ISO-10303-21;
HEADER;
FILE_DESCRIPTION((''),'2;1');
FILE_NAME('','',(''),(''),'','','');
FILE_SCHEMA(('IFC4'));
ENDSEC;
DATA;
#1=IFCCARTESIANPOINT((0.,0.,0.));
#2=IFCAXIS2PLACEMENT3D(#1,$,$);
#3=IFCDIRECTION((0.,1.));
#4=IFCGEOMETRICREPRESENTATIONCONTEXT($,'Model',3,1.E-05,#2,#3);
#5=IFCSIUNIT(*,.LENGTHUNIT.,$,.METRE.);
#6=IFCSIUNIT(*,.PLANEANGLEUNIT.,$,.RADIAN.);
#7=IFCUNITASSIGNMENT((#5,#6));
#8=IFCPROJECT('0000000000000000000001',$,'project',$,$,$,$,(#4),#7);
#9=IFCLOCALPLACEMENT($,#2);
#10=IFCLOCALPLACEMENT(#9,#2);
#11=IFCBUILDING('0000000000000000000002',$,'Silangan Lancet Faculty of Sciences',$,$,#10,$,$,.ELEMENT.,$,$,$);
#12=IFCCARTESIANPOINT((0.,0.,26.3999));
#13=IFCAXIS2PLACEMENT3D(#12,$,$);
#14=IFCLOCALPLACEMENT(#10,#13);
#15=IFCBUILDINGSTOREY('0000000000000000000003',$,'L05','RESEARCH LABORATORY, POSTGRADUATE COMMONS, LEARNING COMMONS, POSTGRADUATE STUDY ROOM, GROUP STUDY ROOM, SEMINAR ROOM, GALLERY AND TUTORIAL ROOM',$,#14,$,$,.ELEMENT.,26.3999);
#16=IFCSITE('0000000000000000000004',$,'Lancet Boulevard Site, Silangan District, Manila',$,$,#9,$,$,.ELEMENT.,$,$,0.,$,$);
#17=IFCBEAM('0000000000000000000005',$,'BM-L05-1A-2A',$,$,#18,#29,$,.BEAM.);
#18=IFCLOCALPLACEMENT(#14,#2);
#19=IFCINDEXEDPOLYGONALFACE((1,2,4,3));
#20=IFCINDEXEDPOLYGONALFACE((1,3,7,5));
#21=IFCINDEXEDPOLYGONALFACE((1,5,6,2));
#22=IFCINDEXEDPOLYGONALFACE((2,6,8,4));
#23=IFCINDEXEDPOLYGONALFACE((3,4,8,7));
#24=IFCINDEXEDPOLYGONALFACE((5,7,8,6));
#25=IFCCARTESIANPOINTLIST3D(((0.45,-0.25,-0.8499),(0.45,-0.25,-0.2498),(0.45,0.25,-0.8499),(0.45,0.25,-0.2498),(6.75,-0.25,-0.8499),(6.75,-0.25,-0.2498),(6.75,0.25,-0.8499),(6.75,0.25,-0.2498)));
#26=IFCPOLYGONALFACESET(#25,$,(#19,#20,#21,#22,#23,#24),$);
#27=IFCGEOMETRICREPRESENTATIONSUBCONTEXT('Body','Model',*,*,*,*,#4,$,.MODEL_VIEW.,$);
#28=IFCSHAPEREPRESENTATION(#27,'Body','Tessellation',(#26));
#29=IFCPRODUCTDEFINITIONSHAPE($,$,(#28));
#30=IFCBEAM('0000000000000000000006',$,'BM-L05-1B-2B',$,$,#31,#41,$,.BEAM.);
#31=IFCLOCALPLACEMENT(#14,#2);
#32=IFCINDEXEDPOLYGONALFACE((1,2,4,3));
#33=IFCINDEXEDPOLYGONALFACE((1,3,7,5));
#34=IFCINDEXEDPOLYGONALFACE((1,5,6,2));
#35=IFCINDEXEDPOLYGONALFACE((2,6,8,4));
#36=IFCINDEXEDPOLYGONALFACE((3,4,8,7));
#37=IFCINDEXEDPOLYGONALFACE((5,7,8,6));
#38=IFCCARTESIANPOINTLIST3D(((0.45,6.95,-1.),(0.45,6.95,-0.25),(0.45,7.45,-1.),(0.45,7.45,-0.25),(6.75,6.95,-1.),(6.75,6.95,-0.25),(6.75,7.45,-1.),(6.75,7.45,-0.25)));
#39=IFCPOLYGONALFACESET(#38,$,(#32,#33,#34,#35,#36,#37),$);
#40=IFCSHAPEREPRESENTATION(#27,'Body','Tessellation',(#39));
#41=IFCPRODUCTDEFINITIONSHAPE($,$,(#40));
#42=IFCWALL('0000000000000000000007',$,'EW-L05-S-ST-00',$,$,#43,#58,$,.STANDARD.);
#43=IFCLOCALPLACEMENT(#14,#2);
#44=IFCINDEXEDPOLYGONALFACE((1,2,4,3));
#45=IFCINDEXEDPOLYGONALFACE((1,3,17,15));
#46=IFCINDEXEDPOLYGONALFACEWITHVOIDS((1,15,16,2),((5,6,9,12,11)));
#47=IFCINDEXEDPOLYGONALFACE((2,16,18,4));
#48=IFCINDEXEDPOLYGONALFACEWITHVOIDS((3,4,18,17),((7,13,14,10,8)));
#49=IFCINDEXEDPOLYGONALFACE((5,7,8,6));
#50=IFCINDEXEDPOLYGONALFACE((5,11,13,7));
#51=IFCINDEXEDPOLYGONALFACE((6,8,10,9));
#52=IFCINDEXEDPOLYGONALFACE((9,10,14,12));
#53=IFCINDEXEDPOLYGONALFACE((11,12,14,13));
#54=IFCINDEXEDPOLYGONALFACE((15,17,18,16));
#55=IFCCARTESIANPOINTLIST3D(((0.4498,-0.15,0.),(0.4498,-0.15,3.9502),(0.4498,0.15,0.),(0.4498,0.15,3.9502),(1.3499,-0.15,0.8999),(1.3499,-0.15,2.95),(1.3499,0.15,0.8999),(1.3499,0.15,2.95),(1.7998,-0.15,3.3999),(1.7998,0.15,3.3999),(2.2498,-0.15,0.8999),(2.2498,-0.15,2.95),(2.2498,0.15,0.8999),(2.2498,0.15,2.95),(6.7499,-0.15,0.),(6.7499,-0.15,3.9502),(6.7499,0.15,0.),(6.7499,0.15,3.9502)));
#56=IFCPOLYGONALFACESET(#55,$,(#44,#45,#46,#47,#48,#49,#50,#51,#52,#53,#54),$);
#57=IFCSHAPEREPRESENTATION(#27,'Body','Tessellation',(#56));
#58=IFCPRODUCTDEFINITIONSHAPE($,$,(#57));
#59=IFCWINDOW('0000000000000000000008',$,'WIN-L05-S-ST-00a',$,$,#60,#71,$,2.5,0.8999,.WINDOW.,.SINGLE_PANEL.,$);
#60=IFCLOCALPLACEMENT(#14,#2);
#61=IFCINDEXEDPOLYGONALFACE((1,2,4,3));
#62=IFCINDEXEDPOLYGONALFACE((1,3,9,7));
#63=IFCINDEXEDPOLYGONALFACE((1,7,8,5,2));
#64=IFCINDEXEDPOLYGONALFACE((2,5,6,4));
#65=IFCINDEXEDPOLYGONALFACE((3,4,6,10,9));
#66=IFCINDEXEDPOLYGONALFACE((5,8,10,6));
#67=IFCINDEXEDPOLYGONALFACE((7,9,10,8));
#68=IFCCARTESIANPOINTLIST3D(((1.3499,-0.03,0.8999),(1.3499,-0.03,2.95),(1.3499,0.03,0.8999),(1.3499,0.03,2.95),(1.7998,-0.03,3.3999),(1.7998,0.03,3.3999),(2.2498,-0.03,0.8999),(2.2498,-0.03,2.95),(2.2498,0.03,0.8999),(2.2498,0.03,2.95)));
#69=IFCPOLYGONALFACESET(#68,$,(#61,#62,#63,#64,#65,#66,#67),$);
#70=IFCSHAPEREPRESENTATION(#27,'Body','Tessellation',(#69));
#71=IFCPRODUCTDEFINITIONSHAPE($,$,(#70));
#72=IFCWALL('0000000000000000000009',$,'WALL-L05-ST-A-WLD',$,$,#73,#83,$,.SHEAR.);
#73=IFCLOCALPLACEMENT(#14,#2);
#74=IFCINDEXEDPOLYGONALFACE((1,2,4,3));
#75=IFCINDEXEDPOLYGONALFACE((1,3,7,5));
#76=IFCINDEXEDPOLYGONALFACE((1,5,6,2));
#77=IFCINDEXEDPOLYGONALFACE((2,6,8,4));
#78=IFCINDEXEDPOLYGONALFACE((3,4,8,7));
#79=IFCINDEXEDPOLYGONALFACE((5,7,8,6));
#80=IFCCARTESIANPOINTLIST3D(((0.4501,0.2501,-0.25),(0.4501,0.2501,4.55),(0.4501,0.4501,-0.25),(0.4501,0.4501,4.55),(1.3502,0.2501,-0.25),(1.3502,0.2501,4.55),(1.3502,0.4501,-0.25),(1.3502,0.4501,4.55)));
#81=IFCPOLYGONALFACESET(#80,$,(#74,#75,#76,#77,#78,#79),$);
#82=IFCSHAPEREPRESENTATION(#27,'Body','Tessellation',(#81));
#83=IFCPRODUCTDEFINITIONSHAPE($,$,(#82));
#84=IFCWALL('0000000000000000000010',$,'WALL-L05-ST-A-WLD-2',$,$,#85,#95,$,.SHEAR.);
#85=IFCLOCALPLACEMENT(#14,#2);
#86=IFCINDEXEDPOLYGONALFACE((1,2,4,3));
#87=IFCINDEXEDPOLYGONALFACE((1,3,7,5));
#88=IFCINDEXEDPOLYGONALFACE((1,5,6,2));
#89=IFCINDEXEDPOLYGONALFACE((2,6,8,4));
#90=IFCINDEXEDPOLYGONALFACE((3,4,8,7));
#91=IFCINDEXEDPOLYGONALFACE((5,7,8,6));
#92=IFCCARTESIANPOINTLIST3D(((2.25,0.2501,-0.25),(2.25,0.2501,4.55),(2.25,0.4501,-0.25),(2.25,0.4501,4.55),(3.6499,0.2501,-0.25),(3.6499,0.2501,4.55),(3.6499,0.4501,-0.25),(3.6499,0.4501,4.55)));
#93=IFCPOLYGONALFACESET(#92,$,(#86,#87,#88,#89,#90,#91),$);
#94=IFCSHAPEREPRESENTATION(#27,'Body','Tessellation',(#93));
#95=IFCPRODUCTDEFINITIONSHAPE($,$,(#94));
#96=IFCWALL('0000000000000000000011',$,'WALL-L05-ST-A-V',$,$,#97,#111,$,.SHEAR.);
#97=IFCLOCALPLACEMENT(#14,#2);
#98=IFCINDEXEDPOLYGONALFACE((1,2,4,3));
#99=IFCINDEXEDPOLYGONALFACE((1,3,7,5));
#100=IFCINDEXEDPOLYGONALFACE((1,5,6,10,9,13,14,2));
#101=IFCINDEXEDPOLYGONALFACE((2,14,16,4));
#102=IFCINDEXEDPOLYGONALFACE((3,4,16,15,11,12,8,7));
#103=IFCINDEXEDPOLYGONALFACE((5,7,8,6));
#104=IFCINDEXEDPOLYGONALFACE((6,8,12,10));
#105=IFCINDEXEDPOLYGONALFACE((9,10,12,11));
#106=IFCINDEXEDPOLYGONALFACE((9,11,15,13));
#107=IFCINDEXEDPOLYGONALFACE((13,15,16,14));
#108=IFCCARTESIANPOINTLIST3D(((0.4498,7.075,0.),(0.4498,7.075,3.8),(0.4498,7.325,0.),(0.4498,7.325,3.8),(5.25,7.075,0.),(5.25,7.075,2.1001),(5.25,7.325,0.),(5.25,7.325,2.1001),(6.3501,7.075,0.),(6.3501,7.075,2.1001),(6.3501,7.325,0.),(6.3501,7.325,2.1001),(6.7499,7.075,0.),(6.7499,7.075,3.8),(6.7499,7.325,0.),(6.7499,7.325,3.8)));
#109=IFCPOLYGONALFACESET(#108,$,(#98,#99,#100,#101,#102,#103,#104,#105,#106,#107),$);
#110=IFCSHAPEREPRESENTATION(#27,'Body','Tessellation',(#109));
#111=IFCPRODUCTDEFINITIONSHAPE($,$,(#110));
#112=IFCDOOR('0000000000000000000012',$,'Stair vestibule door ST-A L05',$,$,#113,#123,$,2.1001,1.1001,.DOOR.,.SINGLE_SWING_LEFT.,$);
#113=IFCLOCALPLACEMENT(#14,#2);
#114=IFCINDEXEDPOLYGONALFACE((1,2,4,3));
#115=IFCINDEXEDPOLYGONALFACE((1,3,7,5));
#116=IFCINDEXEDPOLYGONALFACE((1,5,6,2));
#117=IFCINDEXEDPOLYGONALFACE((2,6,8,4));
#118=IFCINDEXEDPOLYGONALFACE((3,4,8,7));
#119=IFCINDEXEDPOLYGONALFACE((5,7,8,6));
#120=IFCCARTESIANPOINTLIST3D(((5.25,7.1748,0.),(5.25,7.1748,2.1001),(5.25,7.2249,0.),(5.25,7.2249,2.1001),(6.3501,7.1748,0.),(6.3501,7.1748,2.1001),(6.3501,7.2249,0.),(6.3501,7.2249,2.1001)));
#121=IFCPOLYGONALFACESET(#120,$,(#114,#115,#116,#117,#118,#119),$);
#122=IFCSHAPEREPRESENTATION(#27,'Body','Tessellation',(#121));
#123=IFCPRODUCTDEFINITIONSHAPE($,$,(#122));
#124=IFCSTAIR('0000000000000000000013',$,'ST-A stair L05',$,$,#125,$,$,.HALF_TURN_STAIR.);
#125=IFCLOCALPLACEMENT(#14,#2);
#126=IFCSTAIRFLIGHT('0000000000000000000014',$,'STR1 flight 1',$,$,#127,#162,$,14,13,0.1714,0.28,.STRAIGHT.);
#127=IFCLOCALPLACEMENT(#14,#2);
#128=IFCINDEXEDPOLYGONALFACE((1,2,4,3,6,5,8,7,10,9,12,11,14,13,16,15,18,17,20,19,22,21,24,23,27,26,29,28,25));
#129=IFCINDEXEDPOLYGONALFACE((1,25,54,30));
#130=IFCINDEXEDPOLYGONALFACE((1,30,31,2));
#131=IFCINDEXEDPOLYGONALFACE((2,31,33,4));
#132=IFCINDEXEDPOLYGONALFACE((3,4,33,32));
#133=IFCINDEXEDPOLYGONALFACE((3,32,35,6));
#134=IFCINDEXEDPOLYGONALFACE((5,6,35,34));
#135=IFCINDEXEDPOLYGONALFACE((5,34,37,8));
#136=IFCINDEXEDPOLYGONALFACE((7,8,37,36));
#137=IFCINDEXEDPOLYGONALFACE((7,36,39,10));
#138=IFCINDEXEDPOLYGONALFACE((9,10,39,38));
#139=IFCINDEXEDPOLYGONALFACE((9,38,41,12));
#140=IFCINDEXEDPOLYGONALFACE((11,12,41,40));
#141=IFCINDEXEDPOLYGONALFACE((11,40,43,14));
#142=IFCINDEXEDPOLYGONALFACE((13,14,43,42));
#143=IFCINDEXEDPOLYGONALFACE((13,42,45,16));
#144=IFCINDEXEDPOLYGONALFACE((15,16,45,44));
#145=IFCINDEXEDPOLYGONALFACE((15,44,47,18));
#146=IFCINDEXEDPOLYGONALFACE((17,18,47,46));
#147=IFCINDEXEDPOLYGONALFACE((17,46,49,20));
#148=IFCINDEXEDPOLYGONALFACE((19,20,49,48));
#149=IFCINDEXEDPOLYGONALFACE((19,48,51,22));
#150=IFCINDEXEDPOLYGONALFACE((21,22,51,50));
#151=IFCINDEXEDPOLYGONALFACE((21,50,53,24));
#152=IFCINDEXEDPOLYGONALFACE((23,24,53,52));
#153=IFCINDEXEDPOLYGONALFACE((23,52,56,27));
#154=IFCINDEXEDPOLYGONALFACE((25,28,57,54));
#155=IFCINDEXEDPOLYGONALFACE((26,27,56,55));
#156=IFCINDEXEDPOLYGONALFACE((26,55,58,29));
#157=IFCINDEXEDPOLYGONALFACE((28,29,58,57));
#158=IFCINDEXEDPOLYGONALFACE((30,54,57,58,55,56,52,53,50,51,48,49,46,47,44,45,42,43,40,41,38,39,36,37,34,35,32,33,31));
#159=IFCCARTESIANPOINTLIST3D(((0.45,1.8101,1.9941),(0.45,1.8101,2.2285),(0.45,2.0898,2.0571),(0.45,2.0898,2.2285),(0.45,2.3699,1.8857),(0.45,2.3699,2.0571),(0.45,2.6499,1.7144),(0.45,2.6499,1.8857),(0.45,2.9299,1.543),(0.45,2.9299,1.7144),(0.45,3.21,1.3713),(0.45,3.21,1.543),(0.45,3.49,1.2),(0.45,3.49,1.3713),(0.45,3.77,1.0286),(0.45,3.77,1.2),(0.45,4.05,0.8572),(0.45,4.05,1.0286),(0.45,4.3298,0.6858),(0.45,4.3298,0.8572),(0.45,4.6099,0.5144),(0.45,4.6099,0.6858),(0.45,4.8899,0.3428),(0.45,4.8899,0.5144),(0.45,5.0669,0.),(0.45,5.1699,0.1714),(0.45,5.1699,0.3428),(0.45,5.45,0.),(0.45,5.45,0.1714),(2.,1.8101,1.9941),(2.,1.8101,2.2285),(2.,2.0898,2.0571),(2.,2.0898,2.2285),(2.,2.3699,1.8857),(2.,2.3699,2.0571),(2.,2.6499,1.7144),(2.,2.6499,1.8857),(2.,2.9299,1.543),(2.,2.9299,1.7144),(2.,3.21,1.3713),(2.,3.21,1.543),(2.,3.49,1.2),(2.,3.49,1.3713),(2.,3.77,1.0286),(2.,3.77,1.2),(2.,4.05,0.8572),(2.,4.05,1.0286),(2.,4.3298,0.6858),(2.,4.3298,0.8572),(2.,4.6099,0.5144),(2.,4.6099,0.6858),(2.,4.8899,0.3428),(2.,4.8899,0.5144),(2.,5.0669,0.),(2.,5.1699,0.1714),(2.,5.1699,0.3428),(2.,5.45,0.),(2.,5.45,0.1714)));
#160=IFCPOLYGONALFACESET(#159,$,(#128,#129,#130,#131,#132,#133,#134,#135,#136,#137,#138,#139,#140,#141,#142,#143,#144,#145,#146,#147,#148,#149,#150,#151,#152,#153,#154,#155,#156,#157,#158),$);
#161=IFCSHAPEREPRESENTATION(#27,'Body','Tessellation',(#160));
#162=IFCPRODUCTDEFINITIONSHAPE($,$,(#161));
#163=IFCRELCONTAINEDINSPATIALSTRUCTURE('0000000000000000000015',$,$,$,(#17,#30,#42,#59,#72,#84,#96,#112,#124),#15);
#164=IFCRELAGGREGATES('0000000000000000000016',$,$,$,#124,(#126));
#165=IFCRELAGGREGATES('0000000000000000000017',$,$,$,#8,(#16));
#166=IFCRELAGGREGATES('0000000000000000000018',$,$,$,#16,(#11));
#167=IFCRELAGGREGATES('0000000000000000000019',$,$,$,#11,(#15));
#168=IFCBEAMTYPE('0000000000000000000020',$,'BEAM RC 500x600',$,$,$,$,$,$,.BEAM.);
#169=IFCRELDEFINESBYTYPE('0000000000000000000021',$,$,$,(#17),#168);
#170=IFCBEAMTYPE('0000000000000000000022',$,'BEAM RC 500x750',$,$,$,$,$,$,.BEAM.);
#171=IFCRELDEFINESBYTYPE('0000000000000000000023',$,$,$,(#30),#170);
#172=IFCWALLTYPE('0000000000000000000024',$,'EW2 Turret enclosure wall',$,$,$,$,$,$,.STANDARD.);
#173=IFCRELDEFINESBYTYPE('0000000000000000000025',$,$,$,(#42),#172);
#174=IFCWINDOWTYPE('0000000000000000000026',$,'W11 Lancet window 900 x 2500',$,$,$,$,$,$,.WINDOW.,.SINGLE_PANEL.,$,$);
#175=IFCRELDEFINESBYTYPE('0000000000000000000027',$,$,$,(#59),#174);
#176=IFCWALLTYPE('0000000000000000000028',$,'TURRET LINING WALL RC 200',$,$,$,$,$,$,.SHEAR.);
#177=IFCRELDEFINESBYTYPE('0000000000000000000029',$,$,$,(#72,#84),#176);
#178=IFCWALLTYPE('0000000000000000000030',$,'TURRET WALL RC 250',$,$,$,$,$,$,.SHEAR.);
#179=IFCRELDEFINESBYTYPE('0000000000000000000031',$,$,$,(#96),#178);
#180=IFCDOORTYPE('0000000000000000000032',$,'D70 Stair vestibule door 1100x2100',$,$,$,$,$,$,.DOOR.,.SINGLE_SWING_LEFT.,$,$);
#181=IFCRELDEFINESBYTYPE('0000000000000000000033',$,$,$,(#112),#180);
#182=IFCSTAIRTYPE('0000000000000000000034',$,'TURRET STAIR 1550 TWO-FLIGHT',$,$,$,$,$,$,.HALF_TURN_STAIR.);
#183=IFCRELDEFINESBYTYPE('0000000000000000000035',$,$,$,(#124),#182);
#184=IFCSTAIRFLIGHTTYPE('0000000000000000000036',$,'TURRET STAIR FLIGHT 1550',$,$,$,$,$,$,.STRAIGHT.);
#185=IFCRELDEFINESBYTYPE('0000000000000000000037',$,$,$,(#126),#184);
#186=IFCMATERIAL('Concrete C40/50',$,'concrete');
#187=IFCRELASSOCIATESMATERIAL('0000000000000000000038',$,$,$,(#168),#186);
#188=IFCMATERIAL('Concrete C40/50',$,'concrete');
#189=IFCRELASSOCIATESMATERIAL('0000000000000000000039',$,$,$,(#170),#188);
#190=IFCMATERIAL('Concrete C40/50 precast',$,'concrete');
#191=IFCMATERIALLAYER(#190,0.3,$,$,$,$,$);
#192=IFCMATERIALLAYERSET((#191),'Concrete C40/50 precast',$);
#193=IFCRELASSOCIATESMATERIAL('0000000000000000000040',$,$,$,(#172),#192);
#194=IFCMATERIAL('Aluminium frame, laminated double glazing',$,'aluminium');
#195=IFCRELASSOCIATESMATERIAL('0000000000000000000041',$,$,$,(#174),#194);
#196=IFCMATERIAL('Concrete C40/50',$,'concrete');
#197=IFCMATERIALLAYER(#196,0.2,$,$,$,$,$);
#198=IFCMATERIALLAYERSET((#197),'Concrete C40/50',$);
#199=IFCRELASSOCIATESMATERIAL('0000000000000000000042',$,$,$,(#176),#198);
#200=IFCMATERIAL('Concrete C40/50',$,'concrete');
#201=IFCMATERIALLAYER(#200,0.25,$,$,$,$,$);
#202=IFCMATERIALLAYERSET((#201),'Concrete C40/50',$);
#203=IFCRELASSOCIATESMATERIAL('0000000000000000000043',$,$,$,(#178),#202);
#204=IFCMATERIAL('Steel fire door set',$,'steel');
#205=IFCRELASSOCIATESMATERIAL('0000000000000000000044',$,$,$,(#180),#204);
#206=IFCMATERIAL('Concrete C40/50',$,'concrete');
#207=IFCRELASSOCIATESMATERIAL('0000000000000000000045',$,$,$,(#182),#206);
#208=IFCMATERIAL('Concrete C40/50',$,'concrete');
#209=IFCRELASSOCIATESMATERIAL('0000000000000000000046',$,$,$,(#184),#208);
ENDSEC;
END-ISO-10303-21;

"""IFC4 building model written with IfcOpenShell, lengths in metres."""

from ifc_helpers import new_model, si_unit, direction, frame, frame_2d, origin, origin_2d, place, context, subcontext, project, spatial, polyline, rectangle, outline, extrude, material, layer, layer_set, material_profile, profile_set, type_object, element, fill, aggregate, save


model = new_model("IFC4")

# Units and contexts
model_context = context("Model", 3, precision=1e-05, world=origin(), true_north=direction((0.0, 1.0)))
body_context = subcontext(model_context, "Body", "Model", "MODEL_VIEW")
ifc_project = project(units=[si_unit("LENGTHUNIT", "METRE"), si_unit("PLANEANGLEUNIT", "RADIAN")], contexts=[model_context])

# Site, building, storey
site_placement = place(None, origin())
site = spatial("IfcSite", under=ifc_project, at=site_placement, Name="Lancet Boulevard Site, Silangan District, Manila", CompositionType="ELEMENT", RefElevation=0.0)
building_placement = place(site_placement, origin())
building = spatial("IfcBuilding", under=site, at=building_placement, Name="Silangan Lancet Faculty of Sciences", CompositionType="ELEMENT")
storey_placement = place(building_placement, frame((0.0, 0.0, 26.3999)))
storey = spatial("IfcBuildingStorey", under=building, at=storey_placement, Name="L05", Description="RESEARCH LABORATORY, POSTGRADUATE COMMONS, LEARNING COMMONS, POSTGRADUATE STUDY ROOM, GROUP STUDY ROOM, SEMINAR ROOM, GALLERY AND TUTORIAL ROOM", CompositionType="ELEMENT", Elevation=26.3999)

# Beams
ifc_material_1 = material(Name="Concrete C40/50", Category="concrete")
ifc_material_profile_1 = material_profile(ifc_material_1, rectangle(XDim=0.5, YDim=0.6001, at=origin_2d()), Name="RC 500x600")
ifc_profile_set_1 = profile_set([ifc_material_profile_1], Name="Concrete C40/50")
beam_type_1 = type_object("IfcBeamType", Name="BEAM RC 500x600", PredefinedType="BEAM", material=ifc_profile_set_1)
beam_1_placement = place(storey_placement, frame((0.45, 0.0, -0.5498), z_axis=(1.0, 0.0, 0.0), x_axis=(0.0, 1.0, 0.0)))
element("IfcBeam", 1, at=beam_1_placement, inside=storey, type_object=beam_type_1, Name="BM-L05-1A-2A", PredefinedType="BEAM", context=body_context, shape_type="SweptSolid", body=[
    extrude(rectangle(XDim=0.5, YDim=0.6001, at=origin_2d()), origin(), (0.0, 0.0, 1.0), 6.3),
])
ifc_material_2 = material(Name="Concrete C40/50", Category="concrete")
ifc_material_profile_2 = material_profile(ifc_material_2, rectangle(XDim=0.5, YDim=0.75, at=origin_2d()), Name="RC 500x750")
ifc_profile_set_2 = profile_set([ifc_material_profile_2], Name="Concrete C40/50")
beam_type_2 = type_object("IfcBeamType", Name="BEAM RC 500x750", PredefinedType="BEAM", material=ifc_profile_set_2)
beam_2_placement = place(storey_placement, frame((0.45, 7.2, -0.625), z_axis=(1.0, 0.0, 0.0), x_axis=(0.0, 1.0, 0.0)))
element("IfcBeam", 2, at=beam_2_placement, inside=storey, type_object=beam_type_2, Name="BM-L05-1B-2B", PredefinedType="BEAM", context=body_context, shape_type="SweptSolid", body=[
    extrude(rectangle(XDim=0.5, YDim=0.75, at=origin_2d()), origin(), (0.0, 0.0, 1.0), 6.3),
])

# Wall, opening, window
ifc_material_3 = material(Name="Concrete C40/50 precast", Category="concrete")
ifc_layer_1 = layer(ifc_material_3, 0.3)
ifc_layer_set_1 = layer_set([ifc_layer_1], Name="Concrete C40/50 precast")
wall_type_1 = type_object("IfcWallType", Name="EW2 Turret enclosure wall", PredefinedType="STANDARD", material=ifc_layer_set_1)
wall_1_placement = place(storey_placement, frame((0.45, 0.0, 0.0), z_axis=(0.0, 0.0, 1.0), x_axis=(1.0, 0.0, 0.0)))
wall_1 = element("IfcWall", 3, at=wall_1_placement, inside=storey, type_object=wall_type_1, Name="EW-L05-S-ST-00", PredefinedType="STANDARD", context=body_context, shape_type="SweptSolid", body=[
    extrude(rectangle(XDim=6.3, YDim=0.3, at=frame_2d((3.1499, 0.0))), origin(), (0.0, 0.0, 1.0), 3.9502),
])
opening_1_placement = place(wall_1_placement, frame((0.8999, 0.0, 0.8999)))
opening_1 = element("IfcOpeningElement", 4, at=opening_1_placement, cuts=wall_1, PredefinedType="OPENING", context=body_context, shape_type="SweptSolid", body=[
    extrude(outline(polyline([(0.0, 0.0), (0.8999, 0.0), (0.8999, 2.05), (0.45, 2.5), (0.0, 2.05), (0.0, 0.0)])), frame((0.0, 0.1599, 0.0), z_axis=(0.0, -1.0, 0.0), x_axis=(1.0, 0.0, 0.0)), (0.0, 0.0, 1.0), 0.3201),
])
ifc_material_4 = material(Name="Aluminium frame, laminated double glazing", Category="aluminium")
window_type = type_object("IfcWindowType", Name="W11 Lancet window 900 x 2500", PartitioningType="SINGLE_PANEL", PredefinedType="WINDOW", material=ifc_material_4)
window_placement = place(opening_1_placement, origin())
window = element("IfcWindow", 5, at=window_placement, inside=storey, type_object=window_type, Name="WIN-L05-S-ST-00a", OverallHeight=2.5, OverallWidth=0.8999, PartitioningType="SINGLE_PANEL", PredefinedType="WINDOW", context=body_context, shape_type="SweptSolid", body=[
    extrude(outline(polyline([(0.0, 0.0), (0.8999, 0.0), (0.8999, 2.05), (0.45, 2.5), (0.0, 2.05), (0.0, 0.0)])), frame((0.0, 0.03, 0.0), z_axis=(0.0, -1.0, 0.0), x_axis=(1.0, 0.0, 0.0)), (0.0, 0.0, 1.0), 0.0601),
])
fill(opening_1, window)

# Walls
ifc_material_5 = material(Name="Concrete C40/50", Category="concrete")
ifc_layer_2 = layer(ifc_material_5, 0.2)
ifc_layer_set_2 = layer_set([ifc_layer_2], Name="Concrete C40/50")
wall_type_2 = type_object("IfcWallType", Name="TURRET LINING WALL RC 200", PredefinedType="SHEAR", material=ifc_layer_set_2)
wall_2_placement = place(storey_placement, frame((0.45, 0.3501, -0.25), z_axis=(0.0, 0.0, 1.0), x_axis=(1.0, 0.0, 0.0)))
element("IfcWall", 6, at=wall_2_placement, inside=storey, type_object=wall_type_2, Name="WALL-L05-ST-A-WLD", PredefinedType="SHEAR", context=body_context, shape_type="SweptSolid", body=[
    extrude(rectangle(XDim=0.9001, YDim=0.2, at=frame_2d((0.4502, 0.0))), origin(), (0.0, 0.0, 1.0), 4.8),
])
wall_3_placement = place(storey_placement, frame((2.25, 0.3501, -0.25), z_axis=(0.0, 0.0, 1.0), x_axis=(1.0, 0.0, 0.0)))
element("IfcWall", 7, at=wall_3_placement, inside=storey, type_object=wall_type_2, Name="WALL-L05-ST-A-WLD-2", PredefinedType="SHEAR", context=body_context, shape_type="SweptSolid", body=[
    extrude(rectangle(XDim=1.3999, YDim=0.2, at=frame_2d((0.7, 0.0))), origin(), (0.0, 0.0, 1.0), 4.8),
])

# Wall, opening, door
ifc_material_6 = material(Name="Concrete C40/50", Category="concrete")
ifc_layer_3 = layer(ifc_material_6, 0.25)
ifc_layer_set_3 = layer_set([ifc_layer_3], Name="Concrete C40/50")
wall_type_3 = type_object("IfcWallType", Name="TURRET WALL RC 250", PredefinedType="SHEAR", material=ifc_layer_set_3)
wall_4_placement = place(storey_placement, frame((0.45, 7.2, 0.0), z_axis=(0.0, 0.0, 1.0), x_axis=(1.0, 0.0, 0.0)))
wall_4 = element("IfcWall", 8, at=wall_4_placement, inside=storey, type_object=wall_type_3, Name="WALL-L05-ST-A-V", PredefinedType="SHEAR", context=body_context, shape_type="SweptSolid", body=[
    extrude(rectangle(XDim=6.3, YDim=0.25, at=frame_2d((3.1499, 0.0))), origin(), (0.0, 0.0, 1.0), 3.8),
])
opening_2_placement = place(wall_4_placement, frame((4.8, 0.0, 0.0)))
opening_2 = element("IfcOpeningElement", 9, at=opening_2_placement, cuts=wall_4, PredefinedType="OPENING", context=body_context, shape_type="SweptSolid", body=[
    extrude(rectangle(XDim=1.1001, YDim=2.1001, at=frame_2d((0.55, 1.05))), frame((0.0, 0.135, 0.0), z_axis=(0.0, -1.0, 0.0), x_axis=(1.0, 0.0, 0.0)), (0.0, 0.0, 1.0), 0.27),
])
ifc_material_7 = material(Name="Steel fire door set", Category="steel")
door_type = type_object("IfcDoorType", Name="D70 Stair vestibule door 1100x2100", OperationType="SINGLE_SWING_LEFT", PredefinedType="DOOR", material=ifc_material_7)
door_placement = place(opening_2_placement, frame((1.1001, 0.0, 0.0), z_axis=(0.0, 0.0, 1.0), x_axis=(-1.0, 0.0, 0.0)))
door = element("IfcDoor", 10, at=door_placement, inside=storey, type_object=door_type, Name="Stair vestibule door ST-A L05", OperationType="SINGLE_SWING_LEFT", OverallHeight=2.1001, OverallWidth=1.1001, PredefinedType="DOOR", context=body_context, shape_type="SweptSolid", body=[
    extrude(rectangle(XDim=1.1001, YDim=2.1001, at=frame_2d((0.55, 1.05))), frame((0.0, 0.0251, 0.0), z_axis=(0.0, -1.0, 0.0), x_axis=(1.0, 0.0, 0.0)), (0.0, 0.0, 1.0), 0.05),
])
fill(opening_2, door)

# Stair, stair flight
ifc_material_8 = material(Name="Concrete C40/50", Category="concrete")
stair_type = type_object("IfcStairType", Name="TURRET STAIR 1550 TWO-FLIGHT", PredefinedType="HALF_TURN_STAIR", material=ifc_material_8)
stair_placement = place(storey_placement, origin())
stair = element("IfcStair", 11, at=stair_placement, inside=storey, type_object=stair_type, Name="ST-A stair L05", PredefinedType="HALF_TURN_STAIR")
ifc_material_9 = material(Name="Concrete C40/50", Category="concrete")
stair_flight_type = type_object("IfcStairFlightType", Name="TURRET STAIR FLIGHT 1550", PredefinedType="STRAIGHT", material=ifc_material_9)
stair_flight_1_placement = place(storey_placement, frame((1.2251, 5.45, 0.0), z_axis=(0.0, 0.0, 1.0), x_axis=(0.0, -1.0, 0.0)))
stair_flight_1 = element("IfcStairFlight", 12, at=stair_flight_1_placement, type_object=stair_flight_type, Name="STR1 flight 1", NumberOfRisers=14, NumberOfTreads=13, PredefinedType="STRAIGHT", RiserHeight=0.1714, TreadLength=0.28, context=body_context, shape_type="SweptSolid", body=[
    extrude(outline(polyline([(0.0, 0.0), (0.0, 0.1714), (0.28, 0.1714), (0.28, 0.3428), (0.5601, 0.3428), (0.5601, 0.5144), (0.8401, 0.5144), (0.8401, 0.6858), (1.1201, 0.6858), (1.1201, 0.8572), (1.3999, 0.8572), (1.3999, 1.0286), (1.6799, 1.0286), (1.6799, 1.2), (1.96, 1.2), (1.96, 1.3713), (2.24, 1.3713), (2.24, 1.543), (2.52, 1.543), (2.52, 1.7144), (2.8, 1.7144), (2.8, 1.8857), (3.0801, 1.8857), (3.0801, 2.0571), (3.3601, 2.0571), (3.3601, 2.2285), (3.6399, 2.2285), (3.6399, 2.3999), (3.6399, 1.9941), (0.3831, 0.0), (0.0, 0.0)])), frame((0.0, 0.7749, 0.0), z_axis=(0.0, -1.0, 0.0), x_axis=(1.0, 0.0, 0.0)), (0.0, 0.0, 1.0), 1.55),
])
aggregate(stair, [stair_flight_1])

save(model, "model.ifc")
